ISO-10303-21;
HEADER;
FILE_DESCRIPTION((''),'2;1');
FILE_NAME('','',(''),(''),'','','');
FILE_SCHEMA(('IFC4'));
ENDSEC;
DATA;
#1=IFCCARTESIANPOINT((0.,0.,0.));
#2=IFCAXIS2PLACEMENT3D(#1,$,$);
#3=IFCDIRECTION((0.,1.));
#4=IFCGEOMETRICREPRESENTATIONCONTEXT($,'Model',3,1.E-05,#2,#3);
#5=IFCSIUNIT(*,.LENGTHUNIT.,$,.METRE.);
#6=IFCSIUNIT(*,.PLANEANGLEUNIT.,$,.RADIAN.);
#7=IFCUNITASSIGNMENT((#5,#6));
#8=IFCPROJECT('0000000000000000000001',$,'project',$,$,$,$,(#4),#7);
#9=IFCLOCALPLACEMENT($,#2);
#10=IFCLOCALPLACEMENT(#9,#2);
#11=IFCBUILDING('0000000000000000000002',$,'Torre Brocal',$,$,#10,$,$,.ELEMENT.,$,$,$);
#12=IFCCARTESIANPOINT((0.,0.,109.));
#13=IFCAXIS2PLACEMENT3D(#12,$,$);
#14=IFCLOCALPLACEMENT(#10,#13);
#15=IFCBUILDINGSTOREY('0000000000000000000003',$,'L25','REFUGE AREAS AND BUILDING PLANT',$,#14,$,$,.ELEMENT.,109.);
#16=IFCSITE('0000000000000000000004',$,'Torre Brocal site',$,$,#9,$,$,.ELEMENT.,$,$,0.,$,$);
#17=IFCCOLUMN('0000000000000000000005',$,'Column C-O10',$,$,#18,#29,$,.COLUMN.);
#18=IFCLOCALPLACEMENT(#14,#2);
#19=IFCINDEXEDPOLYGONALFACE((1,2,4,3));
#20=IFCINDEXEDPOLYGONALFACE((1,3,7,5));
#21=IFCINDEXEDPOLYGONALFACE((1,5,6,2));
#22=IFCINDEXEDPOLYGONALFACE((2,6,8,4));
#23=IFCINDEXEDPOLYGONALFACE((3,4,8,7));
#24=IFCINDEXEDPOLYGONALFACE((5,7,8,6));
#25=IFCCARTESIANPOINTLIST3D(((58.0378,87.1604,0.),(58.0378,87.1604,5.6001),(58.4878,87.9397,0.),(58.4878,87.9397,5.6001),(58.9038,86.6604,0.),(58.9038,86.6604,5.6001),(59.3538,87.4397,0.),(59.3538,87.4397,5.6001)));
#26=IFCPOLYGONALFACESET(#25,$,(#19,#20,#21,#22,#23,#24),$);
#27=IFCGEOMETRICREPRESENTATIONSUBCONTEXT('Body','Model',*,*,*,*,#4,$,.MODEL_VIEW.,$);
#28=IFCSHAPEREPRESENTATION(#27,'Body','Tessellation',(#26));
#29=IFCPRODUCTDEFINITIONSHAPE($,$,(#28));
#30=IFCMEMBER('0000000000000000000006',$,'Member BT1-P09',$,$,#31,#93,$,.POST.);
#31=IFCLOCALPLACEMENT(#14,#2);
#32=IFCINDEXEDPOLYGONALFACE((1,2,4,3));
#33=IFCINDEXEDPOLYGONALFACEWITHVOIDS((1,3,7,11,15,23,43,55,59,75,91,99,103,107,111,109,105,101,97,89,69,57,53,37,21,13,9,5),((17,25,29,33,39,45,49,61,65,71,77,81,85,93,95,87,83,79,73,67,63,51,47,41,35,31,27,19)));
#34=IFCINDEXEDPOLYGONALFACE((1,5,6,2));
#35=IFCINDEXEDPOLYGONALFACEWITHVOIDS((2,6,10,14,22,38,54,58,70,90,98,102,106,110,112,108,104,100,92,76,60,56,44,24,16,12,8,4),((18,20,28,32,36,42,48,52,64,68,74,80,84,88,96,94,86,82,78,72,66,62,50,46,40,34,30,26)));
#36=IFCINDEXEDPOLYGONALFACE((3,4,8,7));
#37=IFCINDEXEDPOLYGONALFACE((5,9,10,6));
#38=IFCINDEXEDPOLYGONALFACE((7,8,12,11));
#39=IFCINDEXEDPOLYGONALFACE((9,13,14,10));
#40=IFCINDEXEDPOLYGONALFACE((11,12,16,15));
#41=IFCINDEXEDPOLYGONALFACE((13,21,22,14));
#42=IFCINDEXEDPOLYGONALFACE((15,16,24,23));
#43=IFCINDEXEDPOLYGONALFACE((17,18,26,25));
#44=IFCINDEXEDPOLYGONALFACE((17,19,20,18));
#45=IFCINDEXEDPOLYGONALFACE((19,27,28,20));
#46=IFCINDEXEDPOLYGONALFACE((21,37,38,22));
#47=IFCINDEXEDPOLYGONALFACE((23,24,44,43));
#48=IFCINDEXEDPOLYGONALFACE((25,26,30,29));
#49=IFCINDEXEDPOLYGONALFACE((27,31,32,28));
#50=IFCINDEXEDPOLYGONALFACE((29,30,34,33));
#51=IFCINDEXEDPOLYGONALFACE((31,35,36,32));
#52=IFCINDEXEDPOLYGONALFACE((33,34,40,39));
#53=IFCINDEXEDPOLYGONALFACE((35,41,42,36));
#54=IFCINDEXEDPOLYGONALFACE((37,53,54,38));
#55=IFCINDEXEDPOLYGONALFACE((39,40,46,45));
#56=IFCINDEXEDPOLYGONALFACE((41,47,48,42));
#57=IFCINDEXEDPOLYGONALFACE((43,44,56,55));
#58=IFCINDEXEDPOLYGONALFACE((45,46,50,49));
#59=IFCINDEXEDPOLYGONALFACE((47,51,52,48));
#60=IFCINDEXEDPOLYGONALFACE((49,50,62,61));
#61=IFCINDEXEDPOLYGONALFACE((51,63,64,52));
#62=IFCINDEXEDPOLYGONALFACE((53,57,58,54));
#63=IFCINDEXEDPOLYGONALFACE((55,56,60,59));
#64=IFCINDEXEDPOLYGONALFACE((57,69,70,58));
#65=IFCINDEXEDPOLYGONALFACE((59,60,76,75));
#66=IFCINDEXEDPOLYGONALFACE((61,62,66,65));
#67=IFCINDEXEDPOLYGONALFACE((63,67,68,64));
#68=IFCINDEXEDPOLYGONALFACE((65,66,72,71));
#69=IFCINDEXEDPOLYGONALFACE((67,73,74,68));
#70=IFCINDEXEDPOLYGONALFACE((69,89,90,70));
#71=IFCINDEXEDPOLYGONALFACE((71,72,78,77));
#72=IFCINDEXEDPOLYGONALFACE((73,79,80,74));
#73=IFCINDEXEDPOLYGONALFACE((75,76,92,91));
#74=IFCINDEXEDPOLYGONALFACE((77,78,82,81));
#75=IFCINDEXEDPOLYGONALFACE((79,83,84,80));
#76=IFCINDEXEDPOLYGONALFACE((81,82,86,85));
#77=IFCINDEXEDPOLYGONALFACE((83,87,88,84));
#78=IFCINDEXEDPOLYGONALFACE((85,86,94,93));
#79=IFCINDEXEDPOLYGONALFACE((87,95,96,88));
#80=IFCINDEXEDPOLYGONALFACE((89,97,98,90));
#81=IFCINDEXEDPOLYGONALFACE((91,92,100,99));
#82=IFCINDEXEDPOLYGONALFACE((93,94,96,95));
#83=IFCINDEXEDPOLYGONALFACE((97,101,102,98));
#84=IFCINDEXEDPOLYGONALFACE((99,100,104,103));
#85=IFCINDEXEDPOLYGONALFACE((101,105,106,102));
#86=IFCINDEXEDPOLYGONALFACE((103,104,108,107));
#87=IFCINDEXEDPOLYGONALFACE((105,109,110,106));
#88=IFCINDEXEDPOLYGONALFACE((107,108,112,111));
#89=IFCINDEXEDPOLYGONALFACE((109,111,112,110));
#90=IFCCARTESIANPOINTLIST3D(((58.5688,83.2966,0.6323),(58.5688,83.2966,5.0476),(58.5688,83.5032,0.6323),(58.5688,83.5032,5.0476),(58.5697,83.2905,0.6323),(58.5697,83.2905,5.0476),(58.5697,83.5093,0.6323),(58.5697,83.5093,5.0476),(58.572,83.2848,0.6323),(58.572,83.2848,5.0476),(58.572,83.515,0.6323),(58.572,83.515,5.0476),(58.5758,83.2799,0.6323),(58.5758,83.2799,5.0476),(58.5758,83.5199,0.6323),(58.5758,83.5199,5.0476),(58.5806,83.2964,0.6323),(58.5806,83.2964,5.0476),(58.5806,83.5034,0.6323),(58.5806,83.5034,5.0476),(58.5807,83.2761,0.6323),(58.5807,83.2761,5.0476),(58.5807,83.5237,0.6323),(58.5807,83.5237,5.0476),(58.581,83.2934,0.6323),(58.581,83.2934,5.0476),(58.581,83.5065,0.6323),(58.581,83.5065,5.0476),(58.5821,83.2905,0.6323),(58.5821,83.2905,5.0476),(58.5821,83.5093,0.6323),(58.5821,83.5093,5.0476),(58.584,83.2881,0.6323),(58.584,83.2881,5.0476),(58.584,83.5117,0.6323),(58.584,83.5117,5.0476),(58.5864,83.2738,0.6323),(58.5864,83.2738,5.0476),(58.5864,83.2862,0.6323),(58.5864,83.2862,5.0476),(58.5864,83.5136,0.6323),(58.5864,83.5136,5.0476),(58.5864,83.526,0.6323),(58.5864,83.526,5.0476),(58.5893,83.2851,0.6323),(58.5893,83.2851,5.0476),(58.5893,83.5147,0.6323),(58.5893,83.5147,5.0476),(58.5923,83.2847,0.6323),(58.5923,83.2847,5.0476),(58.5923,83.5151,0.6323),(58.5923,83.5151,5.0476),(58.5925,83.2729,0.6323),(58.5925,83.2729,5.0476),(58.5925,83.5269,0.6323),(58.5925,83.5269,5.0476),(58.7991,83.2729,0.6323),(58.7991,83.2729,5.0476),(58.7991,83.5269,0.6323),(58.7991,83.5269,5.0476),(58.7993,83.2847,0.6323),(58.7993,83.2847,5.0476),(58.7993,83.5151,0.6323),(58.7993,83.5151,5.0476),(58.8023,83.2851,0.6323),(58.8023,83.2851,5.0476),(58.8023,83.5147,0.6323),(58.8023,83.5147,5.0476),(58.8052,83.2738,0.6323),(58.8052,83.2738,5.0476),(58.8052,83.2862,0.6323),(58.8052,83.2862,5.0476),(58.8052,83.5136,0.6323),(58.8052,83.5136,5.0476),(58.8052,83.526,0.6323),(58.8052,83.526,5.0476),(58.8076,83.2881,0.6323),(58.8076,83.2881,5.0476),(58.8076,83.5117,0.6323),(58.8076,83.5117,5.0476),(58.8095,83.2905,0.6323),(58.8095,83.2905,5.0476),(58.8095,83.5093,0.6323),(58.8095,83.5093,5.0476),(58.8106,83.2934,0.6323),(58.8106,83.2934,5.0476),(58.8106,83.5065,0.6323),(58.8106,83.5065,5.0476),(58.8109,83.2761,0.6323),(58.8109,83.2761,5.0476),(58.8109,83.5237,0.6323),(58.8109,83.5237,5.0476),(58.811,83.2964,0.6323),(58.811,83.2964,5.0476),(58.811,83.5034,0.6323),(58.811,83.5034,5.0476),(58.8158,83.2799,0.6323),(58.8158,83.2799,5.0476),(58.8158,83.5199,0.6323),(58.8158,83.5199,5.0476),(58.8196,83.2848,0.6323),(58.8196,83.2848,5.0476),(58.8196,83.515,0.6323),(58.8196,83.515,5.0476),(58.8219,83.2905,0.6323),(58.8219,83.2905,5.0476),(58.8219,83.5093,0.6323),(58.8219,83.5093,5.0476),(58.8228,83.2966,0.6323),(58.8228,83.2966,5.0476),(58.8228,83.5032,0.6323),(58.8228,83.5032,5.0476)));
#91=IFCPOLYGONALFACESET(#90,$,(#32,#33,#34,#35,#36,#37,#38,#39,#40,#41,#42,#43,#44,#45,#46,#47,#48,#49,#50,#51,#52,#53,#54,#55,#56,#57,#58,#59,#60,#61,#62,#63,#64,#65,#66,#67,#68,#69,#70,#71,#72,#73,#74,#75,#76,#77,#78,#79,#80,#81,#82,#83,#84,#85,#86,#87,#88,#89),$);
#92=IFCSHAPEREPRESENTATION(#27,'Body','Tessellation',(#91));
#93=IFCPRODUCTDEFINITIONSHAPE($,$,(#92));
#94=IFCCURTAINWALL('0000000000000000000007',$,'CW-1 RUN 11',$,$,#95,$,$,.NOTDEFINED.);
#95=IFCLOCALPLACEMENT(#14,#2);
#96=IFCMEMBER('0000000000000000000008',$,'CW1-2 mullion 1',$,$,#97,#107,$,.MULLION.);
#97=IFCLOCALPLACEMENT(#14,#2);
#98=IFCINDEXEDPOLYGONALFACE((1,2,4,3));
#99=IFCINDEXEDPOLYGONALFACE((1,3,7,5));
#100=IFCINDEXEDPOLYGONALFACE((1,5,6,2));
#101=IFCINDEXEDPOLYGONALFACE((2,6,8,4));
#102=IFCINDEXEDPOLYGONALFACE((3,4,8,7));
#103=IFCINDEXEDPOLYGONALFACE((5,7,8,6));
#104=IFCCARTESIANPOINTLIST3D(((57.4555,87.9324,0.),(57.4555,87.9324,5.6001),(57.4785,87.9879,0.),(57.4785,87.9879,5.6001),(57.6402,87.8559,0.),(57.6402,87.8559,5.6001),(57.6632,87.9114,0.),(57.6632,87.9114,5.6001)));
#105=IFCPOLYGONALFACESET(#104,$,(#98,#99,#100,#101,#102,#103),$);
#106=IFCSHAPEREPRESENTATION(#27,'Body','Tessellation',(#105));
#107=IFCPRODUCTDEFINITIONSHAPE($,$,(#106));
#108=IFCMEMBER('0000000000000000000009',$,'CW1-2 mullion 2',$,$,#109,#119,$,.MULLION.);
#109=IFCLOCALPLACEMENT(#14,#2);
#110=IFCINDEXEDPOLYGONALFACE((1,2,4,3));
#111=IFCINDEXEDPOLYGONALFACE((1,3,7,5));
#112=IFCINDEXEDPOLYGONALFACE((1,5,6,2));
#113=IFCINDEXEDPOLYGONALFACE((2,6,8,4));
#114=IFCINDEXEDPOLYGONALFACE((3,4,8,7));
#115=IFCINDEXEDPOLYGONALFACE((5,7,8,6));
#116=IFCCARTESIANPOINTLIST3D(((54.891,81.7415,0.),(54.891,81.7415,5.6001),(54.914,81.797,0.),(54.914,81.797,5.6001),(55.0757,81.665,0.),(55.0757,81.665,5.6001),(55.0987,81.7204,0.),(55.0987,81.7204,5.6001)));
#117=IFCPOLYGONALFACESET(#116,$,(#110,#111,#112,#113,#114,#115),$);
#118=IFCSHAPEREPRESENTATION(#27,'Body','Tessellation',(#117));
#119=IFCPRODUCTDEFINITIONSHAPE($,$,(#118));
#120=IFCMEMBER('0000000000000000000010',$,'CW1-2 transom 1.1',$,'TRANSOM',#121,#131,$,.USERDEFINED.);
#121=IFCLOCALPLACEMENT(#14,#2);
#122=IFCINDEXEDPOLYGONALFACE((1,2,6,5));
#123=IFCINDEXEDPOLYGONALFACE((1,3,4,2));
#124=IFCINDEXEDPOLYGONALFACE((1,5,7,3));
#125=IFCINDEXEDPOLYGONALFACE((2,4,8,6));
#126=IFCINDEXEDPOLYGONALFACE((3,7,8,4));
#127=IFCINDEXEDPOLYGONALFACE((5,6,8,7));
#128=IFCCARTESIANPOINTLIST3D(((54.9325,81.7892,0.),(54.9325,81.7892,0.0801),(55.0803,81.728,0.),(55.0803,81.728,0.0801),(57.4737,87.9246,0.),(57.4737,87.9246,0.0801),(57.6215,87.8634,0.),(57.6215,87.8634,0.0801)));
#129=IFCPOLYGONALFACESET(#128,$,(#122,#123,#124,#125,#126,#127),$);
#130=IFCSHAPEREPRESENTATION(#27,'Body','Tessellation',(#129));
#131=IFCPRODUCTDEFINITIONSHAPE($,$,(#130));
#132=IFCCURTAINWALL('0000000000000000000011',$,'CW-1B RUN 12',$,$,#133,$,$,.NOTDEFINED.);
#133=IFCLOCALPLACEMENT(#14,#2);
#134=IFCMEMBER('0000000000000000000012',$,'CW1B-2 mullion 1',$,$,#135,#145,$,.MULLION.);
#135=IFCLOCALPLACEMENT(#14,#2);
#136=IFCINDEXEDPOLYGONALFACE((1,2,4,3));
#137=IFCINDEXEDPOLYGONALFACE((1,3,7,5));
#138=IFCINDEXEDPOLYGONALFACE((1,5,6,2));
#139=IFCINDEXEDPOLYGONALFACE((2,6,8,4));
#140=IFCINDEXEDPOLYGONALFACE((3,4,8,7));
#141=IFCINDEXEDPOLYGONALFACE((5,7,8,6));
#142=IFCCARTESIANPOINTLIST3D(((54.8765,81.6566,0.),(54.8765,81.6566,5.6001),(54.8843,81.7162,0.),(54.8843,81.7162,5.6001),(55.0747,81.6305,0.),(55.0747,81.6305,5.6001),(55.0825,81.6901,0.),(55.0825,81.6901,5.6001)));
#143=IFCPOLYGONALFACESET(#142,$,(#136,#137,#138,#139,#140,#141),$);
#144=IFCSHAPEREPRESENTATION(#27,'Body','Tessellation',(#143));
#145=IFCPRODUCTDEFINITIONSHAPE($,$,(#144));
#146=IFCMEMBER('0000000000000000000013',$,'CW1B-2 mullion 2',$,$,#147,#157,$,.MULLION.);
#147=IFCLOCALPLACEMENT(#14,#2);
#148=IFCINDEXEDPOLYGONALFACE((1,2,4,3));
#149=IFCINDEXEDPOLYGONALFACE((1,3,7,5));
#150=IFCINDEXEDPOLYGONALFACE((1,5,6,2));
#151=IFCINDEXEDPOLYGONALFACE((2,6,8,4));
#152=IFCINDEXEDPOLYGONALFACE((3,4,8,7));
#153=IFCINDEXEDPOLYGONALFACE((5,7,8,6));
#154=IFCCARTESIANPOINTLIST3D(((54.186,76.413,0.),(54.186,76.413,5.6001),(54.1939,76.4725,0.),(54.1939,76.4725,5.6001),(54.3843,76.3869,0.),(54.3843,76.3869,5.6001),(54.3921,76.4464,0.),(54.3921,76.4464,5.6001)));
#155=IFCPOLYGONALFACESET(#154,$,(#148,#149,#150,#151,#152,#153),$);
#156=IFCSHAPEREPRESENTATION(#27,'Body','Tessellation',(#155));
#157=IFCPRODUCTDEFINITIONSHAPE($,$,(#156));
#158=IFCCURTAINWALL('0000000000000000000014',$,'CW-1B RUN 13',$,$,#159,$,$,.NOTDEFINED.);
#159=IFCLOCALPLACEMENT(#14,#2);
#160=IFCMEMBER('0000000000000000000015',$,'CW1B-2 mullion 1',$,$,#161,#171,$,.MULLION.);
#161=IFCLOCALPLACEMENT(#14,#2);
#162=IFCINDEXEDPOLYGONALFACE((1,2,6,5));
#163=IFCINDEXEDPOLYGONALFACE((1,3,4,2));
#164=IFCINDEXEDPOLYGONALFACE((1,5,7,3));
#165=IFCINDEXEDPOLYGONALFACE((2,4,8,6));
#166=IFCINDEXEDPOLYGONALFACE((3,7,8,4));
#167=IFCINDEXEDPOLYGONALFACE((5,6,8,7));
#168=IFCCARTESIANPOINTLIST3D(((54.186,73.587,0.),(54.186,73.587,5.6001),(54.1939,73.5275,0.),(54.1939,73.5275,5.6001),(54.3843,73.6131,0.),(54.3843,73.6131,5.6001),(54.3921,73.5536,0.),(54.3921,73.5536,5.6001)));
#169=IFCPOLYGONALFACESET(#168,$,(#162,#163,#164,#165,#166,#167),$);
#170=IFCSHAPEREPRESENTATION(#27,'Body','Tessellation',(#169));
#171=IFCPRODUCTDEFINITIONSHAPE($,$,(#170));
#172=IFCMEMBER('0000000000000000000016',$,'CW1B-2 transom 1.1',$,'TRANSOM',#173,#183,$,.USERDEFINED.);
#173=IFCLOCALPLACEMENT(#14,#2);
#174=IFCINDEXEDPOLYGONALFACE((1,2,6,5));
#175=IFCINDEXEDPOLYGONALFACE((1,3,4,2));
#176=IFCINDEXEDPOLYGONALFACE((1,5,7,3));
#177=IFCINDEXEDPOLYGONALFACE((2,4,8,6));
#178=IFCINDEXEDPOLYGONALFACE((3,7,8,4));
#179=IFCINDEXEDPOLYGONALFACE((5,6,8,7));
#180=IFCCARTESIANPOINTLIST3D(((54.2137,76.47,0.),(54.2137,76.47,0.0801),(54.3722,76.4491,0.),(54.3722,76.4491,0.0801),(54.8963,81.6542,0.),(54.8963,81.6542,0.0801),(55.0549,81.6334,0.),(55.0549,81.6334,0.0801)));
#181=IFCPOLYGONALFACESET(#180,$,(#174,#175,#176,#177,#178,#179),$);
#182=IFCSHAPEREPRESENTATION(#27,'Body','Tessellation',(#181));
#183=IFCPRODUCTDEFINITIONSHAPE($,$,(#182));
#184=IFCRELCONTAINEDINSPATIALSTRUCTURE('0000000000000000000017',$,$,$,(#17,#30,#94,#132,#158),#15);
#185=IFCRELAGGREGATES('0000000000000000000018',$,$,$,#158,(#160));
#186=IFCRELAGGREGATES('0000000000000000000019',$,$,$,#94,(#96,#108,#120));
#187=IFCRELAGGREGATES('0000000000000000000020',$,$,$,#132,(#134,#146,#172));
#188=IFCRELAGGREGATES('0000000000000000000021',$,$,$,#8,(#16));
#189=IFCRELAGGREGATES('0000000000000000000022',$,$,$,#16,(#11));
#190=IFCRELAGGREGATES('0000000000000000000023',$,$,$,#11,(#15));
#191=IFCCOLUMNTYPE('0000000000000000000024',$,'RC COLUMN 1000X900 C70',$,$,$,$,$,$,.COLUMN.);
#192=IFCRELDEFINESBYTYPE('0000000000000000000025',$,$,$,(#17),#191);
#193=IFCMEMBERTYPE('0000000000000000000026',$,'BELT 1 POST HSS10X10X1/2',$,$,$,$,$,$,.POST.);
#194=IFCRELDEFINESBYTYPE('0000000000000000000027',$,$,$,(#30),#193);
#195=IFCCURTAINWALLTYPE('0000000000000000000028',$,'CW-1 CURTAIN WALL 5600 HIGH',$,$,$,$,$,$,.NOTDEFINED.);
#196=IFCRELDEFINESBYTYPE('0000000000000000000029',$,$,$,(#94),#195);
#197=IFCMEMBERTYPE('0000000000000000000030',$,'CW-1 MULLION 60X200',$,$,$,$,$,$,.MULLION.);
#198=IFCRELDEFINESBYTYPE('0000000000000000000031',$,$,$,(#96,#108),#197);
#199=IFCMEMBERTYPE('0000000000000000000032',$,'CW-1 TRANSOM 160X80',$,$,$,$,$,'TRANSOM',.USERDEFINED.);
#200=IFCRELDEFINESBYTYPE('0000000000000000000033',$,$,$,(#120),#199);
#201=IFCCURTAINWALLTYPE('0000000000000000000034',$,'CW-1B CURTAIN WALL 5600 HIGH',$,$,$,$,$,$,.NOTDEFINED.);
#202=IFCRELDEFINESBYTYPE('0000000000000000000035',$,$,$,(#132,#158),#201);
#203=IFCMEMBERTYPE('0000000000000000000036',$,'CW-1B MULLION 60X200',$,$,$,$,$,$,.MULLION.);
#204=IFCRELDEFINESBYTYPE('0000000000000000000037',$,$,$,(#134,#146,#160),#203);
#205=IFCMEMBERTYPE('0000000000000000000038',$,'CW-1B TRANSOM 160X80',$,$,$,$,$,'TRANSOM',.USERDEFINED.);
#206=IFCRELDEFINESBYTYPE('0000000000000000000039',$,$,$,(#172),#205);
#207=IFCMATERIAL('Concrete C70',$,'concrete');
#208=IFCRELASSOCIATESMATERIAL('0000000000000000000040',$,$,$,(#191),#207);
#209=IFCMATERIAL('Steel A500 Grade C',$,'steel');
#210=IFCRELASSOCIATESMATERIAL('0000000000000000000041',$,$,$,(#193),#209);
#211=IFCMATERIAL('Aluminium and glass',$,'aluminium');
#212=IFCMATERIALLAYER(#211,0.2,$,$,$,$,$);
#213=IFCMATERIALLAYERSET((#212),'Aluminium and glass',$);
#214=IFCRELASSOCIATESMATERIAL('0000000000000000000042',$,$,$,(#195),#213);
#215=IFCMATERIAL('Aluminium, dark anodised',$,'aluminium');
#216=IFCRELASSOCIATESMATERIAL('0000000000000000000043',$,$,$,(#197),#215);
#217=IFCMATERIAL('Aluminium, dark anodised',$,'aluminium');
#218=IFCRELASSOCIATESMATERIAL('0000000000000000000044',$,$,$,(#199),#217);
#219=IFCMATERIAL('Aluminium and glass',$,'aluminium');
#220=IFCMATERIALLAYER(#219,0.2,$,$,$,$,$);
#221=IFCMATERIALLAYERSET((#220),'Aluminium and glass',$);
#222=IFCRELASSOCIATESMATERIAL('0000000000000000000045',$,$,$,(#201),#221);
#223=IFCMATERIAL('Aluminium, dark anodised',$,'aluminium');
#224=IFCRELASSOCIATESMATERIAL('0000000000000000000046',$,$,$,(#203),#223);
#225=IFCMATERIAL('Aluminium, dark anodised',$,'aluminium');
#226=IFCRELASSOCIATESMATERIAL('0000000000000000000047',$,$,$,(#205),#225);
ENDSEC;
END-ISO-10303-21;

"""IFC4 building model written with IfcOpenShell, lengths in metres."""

from ifc_helpers import new_model, si_unit, direction, frame, origin, origin_2d, place, context, subcontext, project, spatial, rectangle, hollow_rectangle, extrude, material, layer, layer_set, material_profile, profile_set, type_object, element, aggregate, save


model = new_model("IFC4")

# Units and contexts
model_context = context("Model", 3, precision=1e-05, world=origin(), true_north=direction((0.0, 1.0)))
body_context = subcontext(model_context, "Body", "Model", "MODEL_VIEW")
ifc_project = project(units=[si_unit("LENGTHUNIT", "METRE"), si_unit("PLANEANGLEUNIT", "RADIAN")], contexts=[model_context])

# Site, building, storey
site_placement = place(None, origin())
site = spatial("IfcSite", under=ifc_project, at=site_placement, Name="Torre Brocal site", CompositionType="ELEMENT", RefElevation=0.0)
building_placement = place(site_placement, origin())
building = spatial("IfcBuilding", under=site, at=building_placement, Name="Torre Brocal", CompositionType="ELEMENT")
storey_placement = place(building_placement, frame((0.0, 0.0, 109.0)))
storey = spatial("IfcBuildingStorey", under=building, at=storey_placement, Name="L25", Description="REFUGE AREAS AND BUILDING PLANT", CompositionType="ELEMENT", Elevation=109.0)

# Column
ifc_material_1 = material(Name="Concrete C70", Category="concrete")
ifc_material_profile_1 = material_profile(ifc_material_1, rectangle(XDim=1.0, YDim=0.8999, at=origin_2d()), Name="RC 1000X900")
ifc_profile_set_1 = profile_set([ifc_material_profile_1], Name="Concrete C70")
column_type = type_object("IfcColumnType", Name="RC COLUMN 1000X900 C70", PredefinedType="COLUMN", material=ifc_profile_set_1)
column_placement = place(storey_placement, frame((58.6958, 87.3, 0.0), z_axis=(0.0, 0.0, 1.0), x_axis=(-0.866025, 0.5, 0.0)))
element("IfcColumn", 1, at=column_placement, inside=storey, type_object=column_type, Name="Column C-O10", PredefinedType="COLUMN", context=body_context, shape_type="SweptSolid", body=[
    extrude(rectangle(XDim=1.0, YDim=0.8999, at=origin_2d()), origin(), (0.0, 0.0, 1.0), 5.6001),
])

# Member
ifc_material_2 = material(Name="Steel A500 Grade C", Category="steel")
ifc_material_profile_2 = material_profile(ifc_material_2, hollow_rectangle(XDim=0.2539, YDim=0.2539, WallThickness=0.0117, InnerFilletRadius=0.0117, OuterFilletRadius=0.0237, at=origin_2d()), Name="HSS10X10X1/2")
ifc_profile_set_2 = profile_set([ifc_material_profile_2], Name="Steel A500 Grade C")
member_type_1 = type_object("IfcMemberType", Name="BELT 1 POST HSS10X10X1/2", PredefinedType="POST", material=ifc_profile_set_2)
member_1_placement = place(storey_placement, frame((58.6958, 83.3999, 0.6323), z_axis=(0.0, 0.0, 1.0), x_axis=(1.0, 0.0, 0.0)))
element("IfcMember", 2, at=member_1_placement, inside=storey, type_object=member_type_1, Name="Member BT1-P09", PredefinedType="POST", context=body_context, shape_type="SweptSolid", body=[
    extrude(hollow_rectangle(XDim=0.2539, YDim=0.2539, WallThickness=0.0117, InnerFilletRadius=0.0117, OuterFilletRadius=0.0237, at=origin_2d()), origin(), (0.0, 0.0, 1.0), 4.4153),
])

# Curtain walls, members
ifc_material_3 = material(Name="Aluminium and glass", Category="aluminium")
ifc_layer_1 = layer(ifc_material_3, 0.2)
ifc_layer_set_1 = layer_set([ifc_layer_1], Name="Aluminium and glass")
curtain_wall_type_1 = type_object("IfcCurtainWallType", Name="CW-1 CURTAIN WALL 5600 HIGH", PredefinedType="NOTDEFINED", material=ifc_layer_set_1)
curtain_wall_1_placement = place(storey_placement, origin())
curtain_wall_1 = element("IfcCurtainWall", 3, at=curtain_wall_1_placement, inside=storey, type_object=curtain_wall_type_1, Name="CW-1 RUN 11", PredefinedType="NOTDEFINED")
ifc_material_4 = material(Name="Aluminium, dark anodised", Category="aluminium")
ifc_material_profile_3 = material_profile(ifc_material_4, rectangle(XDim=0.2, YDim=0.0601, at=origin_2d()), Name="CW-1 MULLION 60X200")
ifc_profile_set_3 = profile_set([ifc_material_profile_3], Name="Aluminium, dark anodised")
member_type_2 = type_object("IfcMemberType", Name="CW-1 MULLION 60X200", PredefinedType="MULLION", material=ifc_profile_set_3)
member_2_placement = place(storey_placement, frame((57.5593, 87.9219, 0.0), z_axis=(0.0, 0.0, 1.0), x_axis=(0.92388, -0.382683, 0.0)))
member_2 = element("IfcMember", 4, at=member_2_placement, type_object=member_type_2, Name="CW1-2 mullion 1", PredefinedType="MULLION", context=body_context, shape_type="SweptSolid", body=[
    extrude(rectangle(XDim=0.2, YDim=0.0601, at=origin_2d()), origin(), (0.0, 0.0, 1.0), 5.6001),
])
member_3_placement = place(storey_placement, frame((54.9949, 81.731, 0.0), z_axis=(0.0, 0.0, 1.0), x_axis=(0.92388, -0.382683, 0.0)))
member_3 = element("IfcMember", 5, at=member_3_placement, type_object=member_type_2, Name="CW1-2 mullion 2", PredefinedType="MULLION", context=body_context, shape_type="SweptSolid", body=[
    extrude(rectangle(XDim=0.2, YDim=0.0601, at=origin_2d()), origin(), (0.0, 0.0, 1.0), 5.6001),
])
ifc_material_5 = material(Name="Aluminium, dark anodised", Category="aluminium")
ifc_material_profile_4 = material_profile(ifc_material_5, rectangle(XDim=0.1599, YDim=0.0801, at=origin_2d()), Name="CW-1 TRANSOM 160X80")
ifc_profile_set_4 = profile_set([ifc_material_profile_4], Name="Aluminium, dark anodised")
member_type_3 = type_object("IfcMemberType", Name="CW-1 TRANSOM 160X80", ElementType="TRANSOM", PredefinedType="USERDEFINED", material=ifc_profile_set_4)
member_4_placement = place(storey_placement, frame((57.5476, 87.894, 0.04), z_axis=(-0.382665, -0.923887, 0.0), x_axis=(0.923887, -0.382665, 0.0)))
member_4 = element("IfcMember", 6, at=member_4_placement, type_object=member_type_3, Name="CW1-2 transom 1.1", ObjectType="TRANSOM", PredefinedType="USERDEFINED", context=body_context, shape_type="SweptSolid", body=[
    extrude(rectangle(XDim=0.1599, YDim=0.0801, at=origin_2d()), origin(), (0.0, 0.0, 1.0), 6.6409),
])
ifc_material_6 = material(Name="Aluminium and glass", Category="aluminium")
ifc_layer_2 = layer(ifc_material_6, 0.2)
ifc_layer_set_2 = layer_set([ifc_layer_2], Name="Aluminium and glass")
curtain_wall_type_2 = type_object("IfcCurtainWallType", Name="CW-1B CURTAIN WALL 5600 HIGH", PredefinedType="NOTDEFINED", material=ifc_layer_set_2)
curtain_wall_2_placement = place(storey_placement, origin())
curtain_wall_2 = element("IfcCurtainWall", 7, at=curtain_wall_2_placement, inside=storey, type_object=curtain_wall_type_2, Name="CW-1B RUN 12", PredefinedType="NOTDEFINED")
ifc_material_7 = material(Name="Aluminium, dark anodised", Category="aluminium")
ifc_material_profile_5 = material_profile(ifc_material_7, rectangle(XDim=0.2, YDim=0.0601, at=origin_2d()), Name="CW-1B MULLION 60X200")
ifc_profile_set_5 = profile_set([ifc_material_profile_5], Name="Aluminium, dark anodised")
member_type_4 = type_object("IfcMemberType", Name="CW-1B MULLION 60X200", PredefinedType="MULLION", material=ifc_profile_set_5)
member_5_placement = place(storey_placement, frame((54.9795, 81.6733, 0.0), z_axis=(0.0, 0.0, 1.0), x_axis=(0.991445, -0.130526, 0.0)))
member_5 = element("IfcMember", 8, at=member_5_placement, type_object=member_type_4, Name="CW1B-2 mullion 1", PredefinedType="MULLION", context=body_context, shape_type="SweptSolid", body=[
    extrude(rectangle(XDim=0.2, YDim=0.0601, at=origin_2d()), origin(), (0.0, 0.0, 1.0), 5.6001),
])
member_6_placement = place(storey_placement, frame((54.2891, 76.4297, 0.0), z_axis=(0.0, 0.0, 1.0), x_axis=(0.991445, -0.130526, 0.0)))
member_6 = element("IfcMember", 9, at=member_6_placement, type_object=member_type_4, Name="CW1B-2 mullion 2", PredefinedType="MULLION", context=body_context, shape_type="SweptSolid", body=[
    extrude(rectangle(XDim=0.2, YDim=0.0601, at=origin_2d()), origin(), (0.0, 0.0, 1.0), 5.6001),
])

# Curtain wall, member
curtain_wall_3_placement = place(storey_placement, origin())
curtain_wall_3 = element("IfcCurtainWall", 10, at=curtain_wall_3_placement, inside=storey, type_object=curtain_wall_type_2, Name="CW-1B RUN 13", PredefinedType="NOTDEFINED")
member_7_placement = place(storey_placement, frame((54.2891, 73.5703, 0.0), z_axis=(0.0, 0.0, 1.0), x_axis=(0.991445, 0.130526, 0.0)))
member_7 = element("IfcMember", 11, at=member_7_placement, type_object=member_type_4, Name="CW1B-2 mullion 1", PredefinedType="MULLION", context=body_context, shape_type="SweptSolid", body=[
    extrude(rectangle(XDim=0.2, YDim=0.0601, at=origin_2d()), origin(), (0.0, 0.0, 1.0), 5.6001),
])

# Member
ifc_material_8 = material(Name="Aluminium, dark anodised", Category="aluminium")
ifc_material_profile_6 = material_profile(ifc_material_8, rectangle(XDim=0.1599, YDim=0.0801, at=origin_2d()), Name="CW-1B TRANSOM 160X80")
ifc_profile_set_6 = profile_set([ifc_material_profile_6], Name="Aluminium, dark anodised")
member_type_5 = type_object("IfcMemberType", Name="CW-1B TRANSOM 160X80", ElementType="TRANSOM", PredefinedType="USERDEFINED", material=ifc_profile_set_6)
member_8_placement = place(storey_placement, frame((54.9756, 81.6438, 0.04), z_axis=(-0.130543, -0.991443, 0.0), x_axis=(0.991443, -0.130543, 0.0)))
member_8 = element("IfcMember", 12, at=member_8_placement, type_object=member_type_5, Name="CW1B-2 transom 1.1", ObjectType="TRANSOM", PredefinedType="USERDEFINED", context=body_context, shape_type="SweptSolid", body=[
    extrude(rectangle(XDim=0.1599, YDim=0.0801, at=origin_2d()), origin(), (0.0, 0.0, 1.0), 5.229),
])
aggregate(curtain_wall_3, [member_7])

aggregate(curtain_wall_1, [member_2, member_3, member_4])
aggregate(curtain_wall_2, [member_5, member_6, member_8])

save(model, "model.ifc")
